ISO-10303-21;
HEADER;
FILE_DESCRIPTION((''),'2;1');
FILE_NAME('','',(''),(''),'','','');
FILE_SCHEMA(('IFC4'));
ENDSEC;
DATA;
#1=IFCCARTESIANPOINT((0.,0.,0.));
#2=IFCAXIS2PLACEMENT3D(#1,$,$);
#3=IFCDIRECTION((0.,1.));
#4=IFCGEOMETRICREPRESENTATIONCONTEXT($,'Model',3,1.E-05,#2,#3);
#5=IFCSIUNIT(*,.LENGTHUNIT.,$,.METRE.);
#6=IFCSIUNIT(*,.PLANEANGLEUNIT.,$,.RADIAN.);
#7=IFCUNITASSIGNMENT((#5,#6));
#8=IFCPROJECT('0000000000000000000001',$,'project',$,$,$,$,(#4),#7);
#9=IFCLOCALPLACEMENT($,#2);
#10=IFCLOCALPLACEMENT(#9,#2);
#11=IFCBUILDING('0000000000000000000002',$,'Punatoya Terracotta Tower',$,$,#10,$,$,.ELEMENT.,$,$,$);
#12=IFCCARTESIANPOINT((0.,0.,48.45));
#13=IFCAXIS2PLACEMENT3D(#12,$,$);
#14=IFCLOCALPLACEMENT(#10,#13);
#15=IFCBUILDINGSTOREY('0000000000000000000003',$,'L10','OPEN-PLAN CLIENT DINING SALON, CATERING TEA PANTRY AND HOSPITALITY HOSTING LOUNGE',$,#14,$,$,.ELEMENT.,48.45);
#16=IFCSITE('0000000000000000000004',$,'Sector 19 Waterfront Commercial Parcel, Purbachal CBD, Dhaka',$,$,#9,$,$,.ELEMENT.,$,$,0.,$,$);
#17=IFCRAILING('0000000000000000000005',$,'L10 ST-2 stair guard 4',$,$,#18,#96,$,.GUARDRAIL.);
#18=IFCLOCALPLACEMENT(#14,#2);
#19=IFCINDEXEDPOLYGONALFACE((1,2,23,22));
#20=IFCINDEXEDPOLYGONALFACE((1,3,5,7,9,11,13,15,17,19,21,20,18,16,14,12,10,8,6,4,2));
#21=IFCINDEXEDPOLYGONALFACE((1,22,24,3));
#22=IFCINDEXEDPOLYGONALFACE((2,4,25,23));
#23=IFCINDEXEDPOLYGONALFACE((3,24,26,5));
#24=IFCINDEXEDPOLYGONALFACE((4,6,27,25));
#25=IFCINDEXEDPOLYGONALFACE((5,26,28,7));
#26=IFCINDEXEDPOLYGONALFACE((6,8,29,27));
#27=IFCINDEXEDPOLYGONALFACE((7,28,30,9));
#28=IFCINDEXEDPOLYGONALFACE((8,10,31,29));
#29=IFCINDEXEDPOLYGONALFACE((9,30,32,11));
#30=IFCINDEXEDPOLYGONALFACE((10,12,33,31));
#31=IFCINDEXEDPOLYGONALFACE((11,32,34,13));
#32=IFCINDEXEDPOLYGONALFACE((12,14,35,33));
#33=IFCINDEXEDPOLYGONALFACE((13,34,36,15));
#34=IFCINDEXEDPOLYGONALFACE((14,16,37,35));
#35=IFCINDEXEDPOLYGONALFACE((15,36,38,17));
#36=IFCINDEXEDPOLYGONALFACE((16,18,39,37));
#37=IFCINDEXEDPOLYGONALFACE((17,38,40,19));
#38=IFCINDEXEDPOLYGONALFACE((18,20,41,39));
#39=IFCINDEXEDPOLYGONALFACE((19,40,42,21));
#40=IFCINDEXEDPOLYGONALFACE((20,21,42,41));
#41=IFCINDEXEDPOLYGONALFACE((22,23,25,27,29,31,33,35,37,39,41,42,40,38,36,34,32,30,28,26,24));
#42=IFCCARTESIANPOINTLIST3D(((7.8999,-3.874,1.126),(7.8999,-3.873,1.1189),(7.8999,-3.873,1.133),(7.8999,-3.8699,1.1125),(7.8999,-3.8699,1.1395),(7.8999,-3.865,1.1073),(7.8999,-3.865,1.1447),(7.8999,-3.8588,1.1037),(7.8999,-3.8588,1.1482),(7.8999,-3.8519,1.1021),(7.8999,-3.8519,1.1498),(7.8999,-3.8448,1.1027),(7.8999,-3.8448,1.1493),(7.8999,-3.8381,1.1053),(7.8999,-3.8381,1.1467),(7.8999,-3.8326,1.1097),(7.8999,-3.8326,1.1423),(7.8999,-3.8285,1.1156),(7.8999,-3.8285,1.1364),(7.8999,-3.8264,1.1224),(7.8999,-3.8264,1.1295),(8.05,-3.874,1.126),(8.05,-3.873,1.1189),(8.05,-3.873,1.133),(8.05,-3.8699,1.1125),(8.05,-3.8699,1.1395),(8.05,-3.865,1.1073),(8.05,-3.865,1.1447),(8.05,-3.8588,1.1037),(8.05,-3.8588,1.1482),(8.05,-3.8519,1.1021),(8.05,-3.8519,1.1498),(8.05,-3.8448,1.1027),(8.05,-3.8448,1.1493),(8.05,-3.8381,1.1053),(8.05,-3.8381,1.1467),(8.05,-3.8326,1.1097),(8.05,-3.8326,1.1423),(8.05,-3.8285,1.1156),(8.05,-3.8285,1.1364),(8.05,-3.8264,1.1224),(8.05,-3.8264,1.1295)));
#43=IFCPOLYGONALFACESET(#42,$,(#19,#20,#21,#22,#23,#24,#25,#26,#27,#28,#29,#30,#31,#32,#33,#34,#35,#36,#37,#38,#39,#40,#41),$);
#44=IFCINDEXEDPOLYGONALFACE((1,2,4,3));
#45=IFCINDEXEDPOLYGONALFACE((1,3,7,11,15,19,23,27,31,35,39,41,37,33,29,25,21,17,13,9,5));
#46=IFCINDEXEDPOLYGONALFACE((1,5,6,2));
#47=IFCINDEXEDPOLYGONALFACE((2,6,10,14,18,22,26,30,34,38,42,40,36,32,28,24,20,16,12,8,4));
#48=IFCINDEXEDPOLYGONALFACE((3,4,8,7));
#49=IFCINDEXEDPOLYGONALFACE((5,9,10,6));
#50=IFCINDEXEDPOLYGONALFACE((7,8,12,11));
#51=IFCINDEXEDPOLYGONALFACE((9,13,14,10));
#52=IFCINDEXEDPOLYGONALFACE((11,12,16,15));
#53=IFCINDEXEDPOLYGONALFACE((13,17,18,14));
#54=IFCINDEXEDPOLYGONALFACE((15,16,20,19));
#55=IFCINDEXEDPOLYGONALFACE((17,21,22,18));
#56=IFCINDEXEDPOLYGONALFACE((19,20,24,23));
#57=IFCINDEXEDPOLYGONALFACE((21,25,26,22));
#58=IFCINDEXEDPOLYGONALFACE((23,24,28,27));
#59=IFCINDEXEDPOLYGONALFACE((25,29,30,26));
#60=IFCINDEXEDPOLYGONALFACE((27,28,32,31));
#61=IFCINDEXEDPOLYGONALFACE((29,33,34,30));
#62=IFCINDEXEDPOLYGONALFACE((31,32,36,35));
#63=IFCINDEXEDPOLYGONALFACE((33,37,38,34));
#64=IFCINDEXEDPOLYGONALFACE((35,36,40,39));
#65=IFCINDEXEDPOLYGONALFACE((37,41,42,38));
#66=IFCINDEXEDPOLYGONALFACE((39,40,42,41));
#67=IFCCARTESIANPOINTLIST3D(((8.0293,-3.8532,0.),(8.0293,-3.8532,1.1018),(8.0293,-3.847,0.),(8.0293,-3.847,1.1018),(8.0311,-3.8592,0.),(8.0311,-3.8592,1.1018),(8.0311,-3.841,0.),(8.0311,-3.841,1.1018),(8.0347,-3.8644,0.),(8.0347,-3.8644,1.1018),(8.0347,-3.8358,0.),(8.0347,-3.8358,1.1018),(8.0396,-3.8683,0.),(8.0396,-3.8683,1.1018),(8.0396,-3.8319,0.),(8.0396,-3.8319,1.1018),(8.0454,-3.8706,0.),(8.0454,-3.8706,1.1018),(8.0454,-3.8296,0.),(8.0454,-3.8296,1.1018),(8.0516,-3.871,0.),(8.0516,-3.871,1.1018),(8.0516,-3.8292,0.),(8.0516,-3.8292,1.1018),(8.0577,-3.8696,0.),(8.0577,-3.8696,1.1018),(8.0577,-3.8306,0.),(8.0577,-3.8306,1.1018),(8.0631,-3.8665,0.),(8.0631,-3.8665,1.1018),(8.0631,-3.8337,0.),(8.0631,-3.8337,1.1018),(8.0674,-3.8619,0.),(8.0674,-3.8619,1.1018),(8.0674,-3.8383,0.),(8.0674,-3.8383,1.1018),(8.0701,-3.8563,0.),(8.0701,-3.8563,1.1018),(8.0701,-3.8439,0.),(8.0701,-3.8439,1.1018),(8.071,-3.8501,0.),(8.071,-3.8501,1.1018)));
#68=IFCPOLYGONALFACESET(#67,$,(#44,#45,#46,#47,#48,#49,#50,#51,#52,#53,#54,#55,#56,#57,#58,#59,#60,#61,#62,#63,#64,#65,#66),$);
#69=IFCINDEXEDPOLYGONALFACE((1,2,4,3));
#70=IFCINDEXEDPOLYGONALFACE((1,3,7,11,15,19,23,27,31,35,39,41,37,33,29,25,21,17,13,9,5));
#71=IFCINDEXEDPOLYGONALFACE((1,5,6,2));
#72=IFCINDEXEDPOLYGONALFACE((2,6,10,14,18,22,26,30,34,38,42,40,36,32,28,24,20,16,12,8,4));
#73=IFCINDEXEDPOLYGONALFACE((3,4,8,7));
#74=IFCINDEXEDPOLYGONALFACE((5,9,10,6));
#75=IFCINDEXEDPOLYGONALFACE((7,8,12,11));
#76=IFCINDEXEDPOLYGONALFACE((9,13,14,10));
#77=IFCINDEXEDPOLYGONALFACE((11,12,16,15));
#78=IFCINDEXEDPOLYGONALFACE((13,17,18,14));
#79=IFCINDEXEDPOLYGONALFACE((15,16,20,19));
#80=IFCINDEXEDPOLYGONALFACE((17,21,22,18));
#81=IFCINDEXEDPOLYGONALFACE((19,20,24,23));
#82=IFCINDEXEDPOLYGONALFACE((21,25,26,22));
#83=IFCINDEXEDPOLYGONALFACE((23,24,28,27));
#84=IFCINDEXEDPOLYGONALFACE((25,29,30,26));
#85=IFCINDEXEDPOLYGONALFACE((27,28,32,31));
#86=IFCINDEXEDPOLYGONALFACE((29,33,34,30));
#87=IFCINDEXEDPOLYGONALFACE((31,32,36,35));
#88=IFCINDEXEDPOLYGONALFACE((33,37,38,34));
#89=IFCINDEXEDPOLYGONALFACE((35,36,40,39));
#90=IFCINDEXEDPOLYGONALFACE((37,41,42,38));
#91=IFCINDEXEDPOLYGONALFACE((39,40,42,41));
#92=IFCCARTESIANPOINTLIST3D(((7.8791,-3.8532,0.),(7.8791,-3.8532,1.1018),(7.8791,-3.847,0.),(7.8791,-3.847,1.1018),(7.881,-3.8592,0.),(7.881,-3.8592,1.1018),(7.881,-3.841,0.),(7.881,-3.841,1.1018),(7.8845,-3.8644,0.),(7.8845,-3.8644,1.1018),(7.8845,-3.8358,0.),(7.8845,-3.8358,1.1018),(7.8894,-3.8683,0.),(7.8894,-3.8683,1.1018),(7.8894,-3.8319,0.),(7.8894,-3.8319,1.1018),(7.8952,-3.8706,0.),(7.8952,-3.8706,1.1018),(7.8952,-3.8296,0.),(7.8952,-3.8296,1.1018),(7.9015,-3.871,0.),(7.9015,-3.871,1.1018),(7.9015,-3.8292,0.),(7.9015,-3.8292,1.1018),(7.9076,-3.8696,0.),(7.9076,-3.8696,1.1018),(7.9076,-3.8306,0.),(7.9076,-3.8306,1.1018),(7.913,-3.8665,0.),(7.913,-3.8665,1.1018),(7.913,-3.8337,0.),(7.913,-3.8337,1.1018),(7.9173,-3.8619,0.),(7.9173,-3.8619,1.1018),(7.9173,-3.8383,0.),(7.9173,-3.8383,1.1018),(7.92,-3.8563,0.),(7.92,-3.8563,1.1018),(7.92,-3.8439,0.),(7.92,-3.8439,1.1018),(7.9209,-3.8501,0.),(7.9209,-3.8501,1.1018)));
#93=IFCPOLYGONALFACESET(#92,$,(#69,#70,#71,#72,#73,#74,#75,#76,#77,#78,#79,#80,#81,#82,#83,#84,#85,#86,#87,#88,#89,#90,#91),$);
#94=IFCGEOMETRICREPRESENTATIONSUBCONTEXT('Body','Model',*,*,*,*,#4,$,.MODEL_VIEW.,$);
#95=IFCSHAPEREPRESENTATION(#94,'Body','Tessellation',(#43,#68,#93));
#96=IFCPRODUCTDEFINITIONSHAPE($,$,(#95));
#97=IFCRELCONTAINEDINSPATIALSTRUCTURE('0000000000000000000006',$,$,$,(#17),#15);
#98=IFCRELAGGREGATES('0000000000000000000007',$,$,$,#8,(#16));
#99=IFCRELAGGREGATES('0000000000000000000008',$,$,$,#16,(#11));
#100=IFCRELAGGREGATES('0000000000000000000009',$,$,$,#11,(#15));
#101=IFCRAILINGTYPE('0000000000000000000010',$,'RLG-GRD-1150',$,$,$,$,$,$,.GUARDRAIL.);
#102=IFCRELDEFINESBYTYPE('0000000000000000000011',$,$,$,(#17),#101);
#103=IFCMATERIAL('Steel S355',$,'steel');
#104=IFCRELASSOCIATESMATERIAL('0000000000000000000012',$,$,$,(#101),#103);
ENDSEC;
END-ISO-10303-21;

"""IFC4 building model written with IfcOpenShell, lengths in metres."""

from ifc_helpers import new_model, si_unit, direction, frame, origin, origin_2d, place, context, subcontext, project, spatial, circle, extrude, material, type_object, element, save


model = new_model("IFC4")

# Units and contexts
model_context = context("Model", 3, precision=1e-05, world=origin(), true_north=direction((0.0, 1.0)))
body_context = subcontext(model_context, "Body", "Model", "MODEL_VIEW")
ifc_project = project(units=[si_unit("LENGTHUNIT", "METRE"), si_unit("PLANEANGLEUNIT", "RADIAN")], contexts=[model_context])

# Site, building, storey
site_placement = place(None, origin())
site = spatial("IfcSite", under=ifc_project, at=site_placement, Name="Sector 19 Waterfront Commercial Parcel, Purbachal CBD, Dhaka", CompositionType="ELEMENT", RefElevation=0.0)
building_placement = place(site_placement, origin())
building = spatial("IfcBuilding", under=site, at=building_placement, Name="Punatoya Terracotta Tower", CompositionType="ELEMENT")
storey_placement = place(building_placement, frame((0.0, 0.0, 48.45)))
storey = spatial("IfcBuildingStorey", under=building, at=storey_placement, Name="L10", Description="OPEN-PLAN CLIENT DINING SALON, CATERING TEA PANTRY AND HOSPITALITY HOSTING LOUNGE", CompositionType="ELEMENT", Elevation=48.45)

# Shared definitions
ifc_material_1 = material(Name="Steel S355", Category="steel")

# Railing
railing_type_1 = type_object("IfcRailingType", Name="RLG-GRD-1150", PredefinedType="GUARDRAIL", material=ifc_material_1)
railing_1_placement = place(storey_placement, frame((8.05, -3.8501, 0.0)))
element("IfcRailing", 1, at=railing_1_placement, inside=storey, type_object=railing_type_1, Name="L10 ST-2 stair guard 4", PredefinedType="GUARDRAIL", context=body_context, shape_type="SweptSolid", body=[
    extrude(circle(Radius=0.0239, at=origin_2d()), frame((0.0, 0.0, 1.126), z_axis=(-1.0, 0.0, 0.0), x_axis=(0.0, -1.0, 0.0)), (0.0, 0.0, 1.0), 0.1501),
    extrude(circle(Radius=0.021, at=origin_2d()), origin(), (0.0, 0.0, 1.0), 1.1018),
    extrude(circle(Radius=0.021, at=origin_2d()), frame((-0.1501, 0.0, 0.0)), (0.0, 0.0, 1.0), 1.1018),
])

save(model, "model.ifc")
